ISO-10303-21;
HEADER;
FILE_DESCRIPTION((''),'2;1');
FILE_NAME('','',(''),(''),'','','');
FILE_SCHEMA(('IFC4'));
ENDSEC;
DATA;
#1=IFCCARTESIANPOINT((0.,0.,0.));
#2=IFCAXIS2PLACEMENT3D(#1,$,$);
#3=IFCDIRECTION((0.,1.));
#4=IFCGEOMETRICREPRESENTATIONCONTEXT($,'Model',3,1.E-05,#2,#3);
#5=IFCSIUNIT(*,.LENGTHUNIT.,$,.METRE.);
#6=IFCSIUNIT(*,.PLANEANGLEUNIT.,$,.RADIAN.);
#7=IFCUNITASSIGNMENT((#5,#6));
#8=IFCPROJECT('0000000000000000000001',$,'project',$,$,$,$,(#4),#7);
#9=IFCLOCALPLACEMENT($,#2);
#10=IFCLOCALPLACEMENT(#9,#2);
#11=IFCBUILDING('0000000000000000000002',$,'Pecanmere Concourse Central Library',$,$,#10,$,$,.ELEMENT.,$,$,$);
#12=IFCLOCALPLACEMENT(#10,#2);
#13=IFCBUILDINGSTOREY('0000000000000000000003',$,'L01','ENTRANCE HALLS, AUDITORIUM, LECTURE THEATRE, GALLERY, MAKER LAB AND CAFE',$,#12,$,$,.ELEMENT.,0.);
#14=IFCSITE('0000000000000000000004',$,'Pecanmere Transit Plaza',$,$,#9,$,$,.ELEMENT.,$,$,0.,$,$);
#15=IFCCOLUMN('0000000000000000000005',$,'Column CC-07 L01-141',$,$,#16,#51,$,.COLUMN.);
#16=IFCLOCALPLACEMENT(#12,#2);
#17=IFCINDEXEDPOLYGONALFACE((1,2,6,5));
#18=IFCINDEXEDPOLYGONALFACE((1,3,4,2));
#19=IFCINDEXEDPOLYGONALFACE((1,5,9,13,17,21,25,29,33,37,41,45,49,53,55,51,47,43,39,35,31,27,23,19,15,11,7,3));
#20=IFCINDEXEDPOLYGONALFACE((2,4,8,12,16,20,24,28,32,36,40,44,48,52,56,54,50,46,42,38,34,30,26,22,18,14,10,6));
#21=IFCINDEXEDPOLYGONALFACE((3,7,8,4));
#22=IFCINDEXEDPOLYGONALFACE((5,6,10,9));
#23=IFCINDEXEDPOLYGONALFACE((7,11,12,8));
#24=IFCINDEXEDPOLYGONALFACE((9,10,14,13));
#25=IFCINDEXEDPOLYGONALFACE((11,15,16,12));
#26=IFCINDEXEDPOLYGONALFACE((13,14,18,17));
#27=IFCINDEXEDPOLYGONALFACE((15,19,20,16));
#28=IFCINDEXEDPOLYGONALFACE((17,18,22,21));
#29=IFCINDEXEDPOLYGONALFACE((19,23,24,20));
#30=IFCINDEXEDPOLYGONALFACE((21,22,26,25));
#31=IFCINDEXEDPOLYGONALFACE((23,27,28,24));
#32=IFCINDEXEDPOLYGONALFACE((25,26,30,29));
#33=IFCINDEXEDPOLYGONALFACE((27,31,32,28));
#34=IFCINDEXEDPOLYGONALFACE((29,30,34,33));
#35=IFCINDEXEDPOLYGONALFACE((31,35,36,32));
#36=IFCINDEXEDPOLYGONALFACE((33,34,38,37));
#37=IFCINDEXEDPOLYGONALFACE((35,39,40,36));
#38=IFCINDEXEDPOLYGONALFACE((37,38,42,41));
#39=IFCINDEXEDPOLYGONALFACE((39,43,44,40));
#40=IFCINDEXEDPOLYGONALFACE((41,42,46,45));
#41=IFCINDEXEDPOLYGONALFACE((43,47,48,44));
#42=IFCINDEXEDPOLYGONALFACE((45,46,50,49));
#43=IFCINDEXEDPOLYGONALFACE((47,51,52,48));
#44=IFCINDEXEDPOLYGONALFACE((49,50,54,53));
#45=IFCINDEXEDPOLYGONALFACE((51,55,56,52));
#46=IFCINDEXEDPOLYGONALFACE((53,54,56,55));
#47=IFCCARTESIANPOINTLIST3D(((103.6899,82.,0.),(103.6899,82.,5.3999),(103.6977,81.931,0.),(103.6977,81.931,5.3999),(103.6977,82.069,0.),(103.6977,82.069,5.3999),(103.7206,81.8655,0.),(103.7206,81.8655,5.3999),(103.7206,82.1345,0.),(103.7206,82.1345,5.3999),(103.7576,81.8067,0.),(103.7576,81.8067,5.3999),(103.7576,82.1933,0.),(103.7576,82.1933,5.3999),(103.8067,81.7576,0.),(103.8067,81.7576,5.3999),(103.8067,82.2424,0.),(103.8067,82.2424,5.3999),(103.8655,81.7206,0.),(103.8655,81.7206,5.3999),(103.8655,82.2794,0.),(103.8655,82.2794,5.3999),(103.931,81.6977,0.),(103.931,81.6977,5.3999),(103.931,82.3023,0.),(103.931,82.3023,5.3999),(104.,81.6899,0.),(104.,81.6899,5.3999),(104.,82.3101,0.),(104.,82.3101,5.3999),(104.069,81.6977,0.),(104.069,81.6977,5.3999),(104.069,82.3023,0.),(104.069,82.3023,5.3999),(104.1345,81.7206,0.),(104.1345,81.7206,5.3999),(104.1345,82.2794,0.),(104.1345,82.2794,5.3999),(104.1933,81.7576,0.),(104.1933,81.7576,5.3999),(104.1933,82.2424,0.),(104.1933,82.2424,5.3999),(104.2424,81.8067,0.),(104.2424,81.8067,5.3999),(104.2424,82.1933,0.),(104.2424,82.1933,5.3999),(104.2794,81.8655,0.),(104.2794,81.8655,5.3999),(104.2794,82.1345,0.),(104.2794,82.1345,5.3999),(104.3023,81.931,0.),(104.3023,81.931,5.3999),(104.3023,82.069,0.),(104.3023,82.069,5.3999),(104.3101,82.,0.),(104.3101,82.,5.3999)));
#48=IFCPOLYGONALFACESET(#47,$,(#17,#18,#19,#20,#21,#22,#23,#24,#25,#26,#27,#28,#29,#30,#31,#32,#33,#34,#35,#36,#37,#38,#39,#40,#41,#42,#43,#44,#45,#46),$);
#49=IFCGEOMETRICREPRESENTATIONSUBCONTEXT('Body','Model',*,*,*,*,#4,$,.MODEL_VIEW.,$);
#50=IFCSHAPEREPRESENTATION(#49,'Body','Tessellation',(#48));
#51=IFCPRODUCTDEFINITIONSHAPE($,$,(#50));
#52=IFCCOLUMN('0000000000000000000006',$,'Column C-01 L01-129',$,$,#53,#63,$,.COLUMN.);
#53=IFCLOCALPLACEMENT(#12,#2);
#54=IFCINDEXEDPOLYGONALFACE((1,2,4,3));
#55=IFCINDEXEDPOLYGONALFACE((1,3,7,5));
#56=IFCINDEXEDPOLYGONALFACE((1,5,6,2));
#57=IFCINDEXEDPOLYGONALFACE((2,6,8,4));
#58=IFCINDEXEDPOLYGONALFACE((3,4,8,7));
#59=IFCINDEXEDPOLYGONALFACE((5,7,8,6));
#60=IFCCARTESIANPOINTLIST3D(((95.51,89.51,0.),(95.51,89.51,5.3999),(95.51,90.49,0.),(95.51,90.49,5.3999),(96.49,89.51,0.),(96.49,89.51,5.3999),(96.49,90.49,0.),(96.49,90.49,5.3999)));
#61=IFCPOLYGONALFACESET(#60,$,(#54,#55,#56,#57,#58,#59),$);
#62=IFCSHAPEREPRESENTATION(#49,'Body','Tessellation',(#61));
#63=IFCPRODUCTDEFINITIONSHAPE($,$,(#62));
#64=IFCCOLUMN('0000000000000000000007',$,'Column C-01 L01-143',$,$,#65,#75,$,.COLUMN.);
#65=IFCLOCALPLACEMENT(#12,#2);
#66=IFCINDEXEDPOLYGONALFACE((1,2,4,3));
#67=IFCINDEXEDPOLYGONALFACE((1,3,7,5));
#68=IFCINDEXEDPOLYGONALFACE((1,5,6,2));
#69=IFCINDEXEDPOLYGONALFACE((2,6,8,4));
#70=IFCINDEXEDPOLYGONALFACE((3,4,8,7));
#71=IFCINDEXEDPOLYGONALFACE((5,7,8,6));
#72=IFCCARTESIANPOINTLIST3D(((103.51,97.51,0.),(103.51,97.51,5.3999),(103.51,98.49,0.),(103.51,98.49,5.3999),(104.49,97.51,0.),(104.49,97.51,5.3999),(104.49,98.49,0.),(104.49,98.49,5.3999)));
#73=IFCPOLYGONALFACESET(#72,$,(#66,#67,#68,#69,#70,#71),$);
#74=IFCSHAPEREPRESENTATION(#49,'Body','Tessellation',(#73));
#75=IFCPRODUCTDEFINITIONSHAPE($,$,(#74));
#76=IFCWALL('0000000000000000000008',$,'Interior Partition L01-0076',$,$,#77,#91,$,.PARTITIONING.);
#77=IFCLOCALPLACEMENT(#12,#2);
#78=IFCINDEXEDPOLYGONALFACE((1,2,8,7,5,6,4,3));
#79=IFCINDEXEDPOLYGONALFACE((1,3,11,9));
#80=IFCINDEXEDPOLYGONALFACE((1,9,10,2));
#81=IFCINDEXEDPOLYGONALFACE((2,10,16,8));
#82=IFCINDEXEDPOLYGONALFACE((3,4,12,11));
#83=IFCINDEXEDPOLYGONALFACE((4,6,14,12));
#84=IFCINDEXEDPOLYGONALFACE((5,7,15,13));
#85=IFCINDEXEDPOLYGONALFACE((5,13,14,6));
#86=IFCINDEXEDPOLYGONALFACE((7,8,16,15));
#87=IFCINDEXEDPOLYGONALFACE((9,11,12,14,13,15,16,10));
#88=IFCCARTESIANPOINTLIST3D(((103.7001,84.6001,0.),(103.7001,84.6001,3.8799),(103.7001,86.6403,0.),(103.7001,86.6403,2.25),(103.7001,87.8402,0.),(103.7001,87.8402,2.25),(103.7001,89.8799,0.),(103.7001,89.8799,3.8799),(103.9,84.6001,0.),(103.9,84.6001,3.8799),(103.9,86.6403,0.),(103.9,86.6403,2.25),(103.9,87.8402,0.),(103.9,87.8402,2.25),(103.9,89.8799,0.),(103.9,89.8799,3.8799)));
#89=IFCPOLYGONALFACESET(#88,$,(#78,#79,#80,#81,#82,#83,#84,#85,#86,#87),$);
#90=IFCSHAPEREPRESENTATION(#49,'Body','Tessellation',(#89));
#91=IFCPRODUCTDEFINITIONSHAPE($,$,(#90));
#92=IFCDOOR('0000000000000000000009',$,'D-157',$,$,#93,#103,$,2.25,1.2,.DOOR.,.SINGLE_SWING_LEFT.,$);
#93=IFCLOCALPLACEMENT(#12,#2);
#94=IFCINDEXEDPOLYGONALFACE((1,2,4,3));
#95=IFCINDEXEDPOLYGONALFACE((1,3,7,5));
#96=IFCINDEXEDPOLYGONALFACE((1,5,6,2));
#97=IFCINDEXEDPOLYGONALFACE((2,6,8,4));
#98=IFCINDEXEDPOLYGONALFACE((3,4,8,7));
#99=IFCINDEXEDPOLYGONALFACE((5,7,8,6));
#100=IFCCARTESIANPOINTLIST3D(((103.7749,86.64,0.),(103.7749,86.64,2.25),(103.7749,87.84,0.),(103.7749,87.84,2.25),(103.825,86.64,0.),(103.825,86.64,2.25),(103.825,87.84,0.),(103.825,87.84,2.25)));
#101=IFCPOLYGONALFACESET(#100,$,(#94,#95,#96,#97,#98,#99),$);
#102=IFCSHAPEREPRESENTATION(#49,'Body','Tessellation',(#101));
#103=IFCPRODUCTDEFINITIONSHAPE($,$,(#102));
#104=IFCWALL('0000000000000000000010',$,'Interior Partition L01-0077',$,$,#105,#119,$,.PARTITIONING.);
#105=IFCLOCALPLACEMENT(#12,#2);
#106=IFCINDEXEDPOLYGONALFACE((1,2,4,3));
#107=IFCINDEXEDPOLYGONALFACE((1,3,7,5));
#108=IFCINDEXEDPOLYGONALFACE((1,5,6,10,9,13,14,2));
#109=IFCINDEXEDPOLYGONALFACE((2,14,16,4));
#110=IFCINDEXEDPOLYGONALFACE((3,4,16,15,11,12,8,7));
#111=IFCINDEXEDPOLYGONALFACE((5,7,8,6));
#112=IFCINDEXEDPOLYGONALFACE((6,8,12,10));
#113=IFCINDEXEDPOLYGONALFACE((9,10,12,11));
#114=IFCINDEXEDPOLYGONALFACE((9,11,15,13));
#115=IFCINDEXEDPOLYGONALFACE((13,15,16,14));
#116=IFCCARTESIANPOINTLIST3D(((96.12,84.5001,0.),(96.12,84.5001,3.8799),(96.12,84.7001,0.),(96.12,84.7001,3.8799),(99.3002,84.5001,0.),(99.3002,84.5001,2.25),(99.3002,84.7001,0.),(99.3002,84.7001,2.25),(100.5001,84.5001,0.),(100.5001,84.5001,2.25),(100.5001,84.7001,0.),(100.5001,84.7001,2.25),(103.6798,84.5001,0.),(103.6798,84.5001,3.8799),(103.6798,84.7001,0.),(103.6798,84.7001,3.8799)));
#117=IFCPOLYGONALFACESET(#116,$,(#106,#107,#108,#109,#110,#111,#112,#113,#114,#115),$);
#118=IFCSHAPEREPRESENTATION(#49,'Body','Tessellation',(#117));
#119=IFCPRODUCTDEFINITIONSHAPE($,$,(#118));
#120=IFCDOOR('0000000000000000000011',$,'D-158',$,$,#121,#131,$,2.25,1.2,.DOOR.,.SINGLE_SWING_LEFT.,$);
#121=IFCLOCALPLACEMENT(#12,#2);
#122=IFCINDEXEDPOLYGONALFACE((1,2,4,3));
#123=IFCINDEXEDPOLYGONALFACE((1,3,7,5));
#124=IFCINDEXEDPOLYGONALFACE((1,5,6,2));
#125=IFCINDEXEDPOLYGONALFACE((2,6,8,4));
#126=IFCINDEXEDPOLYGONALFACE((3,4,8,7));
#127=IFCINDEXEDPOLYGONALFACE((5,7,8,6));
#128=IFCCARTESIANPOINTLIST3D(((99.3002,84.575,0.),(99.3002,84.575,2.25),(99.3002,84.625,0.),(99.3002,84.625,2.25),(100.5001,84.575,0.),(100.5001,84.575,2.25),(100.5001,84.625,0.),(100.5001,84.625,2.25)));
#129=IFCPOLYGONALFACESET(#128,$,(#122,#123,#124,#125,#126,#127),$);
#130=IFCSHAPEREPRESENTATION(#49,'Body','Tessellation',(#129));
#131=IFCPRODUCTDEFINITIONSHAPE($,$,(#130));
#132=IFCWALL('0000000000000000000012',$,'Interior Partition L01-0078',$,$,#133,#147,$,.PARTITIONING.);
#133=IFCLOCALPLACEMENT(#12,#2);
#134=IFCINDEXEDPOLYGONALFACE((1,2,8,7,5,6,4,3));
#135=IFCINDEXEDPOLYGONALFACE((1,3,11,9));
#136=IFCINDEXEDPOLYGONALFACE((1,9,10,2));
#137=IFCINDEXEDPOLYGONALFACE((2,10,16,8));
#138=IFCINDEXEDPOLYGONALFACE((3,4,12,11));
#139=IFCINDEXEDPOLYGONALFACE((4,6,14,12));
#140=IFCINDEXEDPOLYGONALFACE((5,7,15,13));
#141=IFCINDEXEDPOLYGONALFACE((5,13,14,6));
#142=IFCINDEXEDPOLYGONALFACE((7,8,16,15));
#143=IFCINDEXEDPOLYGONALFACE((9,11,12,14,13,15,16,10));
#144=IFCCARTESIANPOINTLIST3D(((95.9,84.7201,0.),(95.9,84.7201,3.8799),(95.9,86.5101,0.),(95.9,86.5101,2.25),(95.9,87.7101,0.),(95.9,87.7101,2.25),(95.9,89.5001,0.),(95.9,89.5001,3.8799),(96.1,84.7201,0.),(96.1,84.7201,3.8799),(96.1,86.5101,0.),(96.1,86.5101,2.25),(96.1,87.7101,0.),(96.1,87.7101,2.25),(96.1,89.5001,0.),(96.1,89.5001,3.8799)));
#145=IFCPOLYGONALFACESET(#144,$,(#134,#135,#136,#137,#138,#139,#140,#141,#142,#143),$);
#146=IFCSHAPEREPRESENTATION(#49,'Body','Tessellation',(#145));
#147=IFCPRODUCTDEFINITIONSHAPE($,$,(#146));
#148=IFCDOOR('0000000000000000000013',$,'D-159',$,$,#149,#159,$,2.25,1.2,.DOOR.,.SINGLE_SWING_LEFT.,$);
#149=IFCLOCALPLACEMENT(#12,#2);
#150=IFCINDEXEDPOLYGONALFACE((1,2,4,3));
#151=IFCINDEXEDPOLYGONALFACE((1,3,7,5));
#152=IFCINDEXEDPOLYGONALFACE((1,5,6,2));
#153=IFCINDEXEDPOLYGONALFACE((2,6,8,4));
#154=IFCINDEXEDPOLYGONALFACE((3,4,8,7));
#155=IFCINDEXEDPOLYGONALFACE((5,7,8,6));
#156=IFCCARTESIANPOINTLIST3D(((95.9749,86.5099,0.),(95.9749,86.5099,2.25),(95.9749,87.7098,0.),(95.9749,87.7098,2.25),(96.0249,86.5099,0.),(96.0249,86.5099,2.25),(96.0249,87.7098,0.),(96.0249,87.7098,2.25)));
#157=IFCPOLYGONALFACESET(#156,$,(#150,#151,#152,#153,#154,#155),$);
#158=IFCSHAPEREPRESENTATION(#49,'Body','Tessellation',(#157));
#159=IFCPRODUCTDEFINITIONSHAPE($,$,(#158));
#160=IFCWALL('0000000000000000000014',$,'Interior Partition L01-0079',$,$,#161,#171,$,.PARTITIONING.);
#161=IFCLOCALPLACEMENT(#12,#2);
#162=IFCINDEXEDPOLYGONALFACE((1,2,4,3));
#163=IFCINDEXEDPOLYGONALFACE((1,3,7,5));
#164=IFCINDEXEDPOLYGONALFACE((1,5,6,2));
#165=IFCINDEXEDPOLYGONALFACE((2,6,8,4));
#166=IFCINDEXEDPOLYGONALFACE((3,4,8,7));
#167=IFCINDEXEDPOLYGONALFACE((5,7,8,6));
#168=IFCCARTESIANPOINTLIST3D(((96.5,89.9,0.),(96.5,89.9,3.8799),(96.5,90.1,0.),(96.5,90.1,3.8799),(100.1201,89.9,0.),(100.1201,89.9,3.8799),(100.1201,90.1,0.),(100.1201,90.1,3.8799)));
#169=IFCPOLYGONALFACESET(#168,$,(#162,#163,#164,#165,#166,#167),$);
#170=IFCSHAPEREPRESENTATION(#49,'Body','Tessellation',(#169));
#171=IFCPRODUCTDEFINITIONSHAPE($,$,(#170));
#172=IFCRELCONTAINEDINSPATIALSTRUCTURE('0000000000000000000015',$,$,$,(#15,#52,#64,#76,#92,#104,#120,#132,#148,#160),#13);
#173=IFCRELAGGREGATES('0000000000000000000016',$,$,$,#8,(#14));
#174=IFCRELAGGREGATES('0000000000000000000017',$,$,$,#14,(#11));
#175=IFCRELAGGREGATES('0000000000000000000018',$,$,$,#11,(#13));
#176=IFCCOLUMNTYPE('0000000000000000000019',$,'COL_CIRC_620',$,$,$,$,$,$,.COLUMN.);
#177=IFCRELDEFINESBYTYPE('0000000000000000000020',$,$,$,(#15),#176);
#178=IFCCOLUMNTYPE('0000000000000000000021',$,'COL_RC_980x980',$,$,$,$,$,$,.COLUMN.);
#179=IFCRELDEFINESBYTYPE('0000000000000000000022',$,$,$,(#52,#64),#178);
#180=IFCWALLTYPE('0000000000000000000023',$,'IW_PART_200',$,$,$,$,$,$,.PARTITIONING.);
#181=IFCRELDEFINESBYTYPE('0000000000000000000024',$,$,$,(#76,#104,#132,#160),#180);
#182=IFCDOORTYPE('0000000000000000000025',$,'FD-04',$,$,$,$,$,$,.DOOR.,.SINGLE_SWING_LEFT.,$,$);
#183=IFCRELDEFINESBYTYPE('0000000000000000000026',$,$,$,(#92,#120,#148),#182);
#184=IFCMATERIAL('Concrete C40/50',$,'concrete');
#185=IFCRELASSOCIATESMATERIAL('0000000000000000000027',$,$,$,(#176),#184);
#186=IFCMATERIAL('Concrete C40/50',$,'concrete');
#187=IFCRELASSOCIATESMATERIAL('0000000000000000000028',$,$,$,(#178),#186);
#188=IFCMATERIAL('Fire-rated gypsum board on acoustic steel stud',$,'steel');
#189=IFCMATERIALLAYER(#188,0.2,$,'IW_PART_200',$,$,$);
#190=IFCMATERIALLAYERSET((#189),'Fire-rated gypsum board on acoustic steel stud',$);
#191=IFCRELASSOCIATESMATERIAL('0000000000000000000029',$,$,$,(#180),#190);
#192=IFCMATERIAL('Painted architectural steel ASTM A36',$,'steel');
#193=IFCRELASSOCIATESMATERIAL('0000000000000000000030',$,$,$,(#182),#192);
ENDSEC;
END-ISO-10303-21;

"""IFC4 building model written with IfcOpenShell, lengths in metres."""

from ifc_helpers import new_model, si_unit, direction, frame, frame_2d, origin, origin_2d, place, context, subcontext, project, spatial, rectangle, circle, extrude, material, layer, layer_set, material_profile, profile_set, type_object, element, fill, save


model = new_model("IFC4")

# Units and contexts
model_context = context("Model", 3, precision=1e-05, world=origin(), true_north=direction((0.0, 1.0)))
body_context = subcontext(model_context, "Body", "Model", "MODEL_VIEW")
ifc_project = project(units=[si_unit("LENGTHUNIT", "METRE"), si_unit("PLANEANGLEUNIT", "RADIAN")], contexts=[model_context])

# Site, building, storey
site_placement = place(None, origin())
site = spatial("IfcSite", under=ifc_project, at=site_placement, Name="Pecanmere Transit Plaza", CompositionType="ELEMENT", RefElevation=0.0)
building_placement = place(site_placement, origin())
building = spatial("IfcBuilding", under=site, at=building_placement, Name="Pecanmere Concourse Central Library", CompositionType="ELEMENT")
storey_placement = place(building_placement, origin())
storey = spatial("IfcBuildingStorey", under=building, at=storey_placement, Name="L01", Description="ENTRANCE HALLS, AUDITORIUM, LECTURE THEATRE, GALLERY, MAKER LAB AND CAFE", CompositionType="ELEMENT", Elevation=0.0)

# Columns
ifc_material_1 = material(Name="Concrete C40/50", Category="concrete")
ifc_material_profile_1 = material_profile(ifc_material_1, circle(Radius=0.3101, at=origin_2d()), Name="RC D620")
ifc_profile_set_1 = profile_set([ifc_material_profile_1], Name="Concrete C40/50")
column_type_1 = type_object("IfcColumnType", Name="COL_CIRC_620", PredefinedType="COLUMN", material=ifc_profile_set_1)
for number, where, z_axis, x_axis, name in (
    (1, (104.0, 82.0, 0.0), (0.0, 0.0, 1.0), (1.0, 0.0, 0.0), "Column CC-07 L01-141"),
):
    element("IfcColumn", number, at=place(storey_placement, frame(where, z_axis=z_axis, x_axis=x_axis)), inside=storey, type_object=column_type_1, Name=name, PredefinedType="COLUMN", context=body_context, shape_type="SweptSolid", body=[
        extrude(circle(Radius=0.3101, at=origin_2d()), origin(), (0.0, 0.0, 1.0), 5.3999),
    ])
ifc_material_2 = material(Name="Concrete C40/50", Category="concrete")
ifc_material_profile_2 = material_profile(ifc_material_2, rectangle(XDim=0.98, YDim=0.98, at=origin_2d()), Name="RC 980x980")
ifc_profile_set_2 = profile_set([ifc_material_profile_2], Name="Concrete C40/50")
column_type_2 = type_object("IfcColumnType", Name="COL_RC_980x980", PredefinedType="COLUMN", material=ifc_profile_set_2)
for number, where, z_axis, x_axis, name in (
    (2, (96.0, 90.0, 0.0), (0.0, 0.0, 1.0), (1.0, 0.0, 0.0), "Column C-01 L01-129"),
    (3, (104.0, 98.0, 0.0), (0.0, 0.0, 1.0), (1.0, 0.0, 0.0), "Column C-01 L01-143"),
):
    element("IfcColumn", number, at=place(storey_placement, frame(where, z_axis=z_axis, x_axis=x_axis)), inside=storey, type_object=column_type_2, Name=name, PredefinedType="COLUMN", context=body_context, shape_type="SweptSolid", body=[
        extrude(rectangle(XDim=0.98, YDim=0.98, at=origin_2d()), origin(), (0.0, 0.0, 1.0), 5.3999),
    ])

# Walls, openings, doors
ifc_material_3 = material(Name="Fire-rated gypsum board on acoustic steel stud", Category="steel")
ifc_layer_1 = layer(ifc_material_3, 0.2, Name="IW_PART_200")
ifc_layer_set_1 = layer_set([ifc_layer_1], Name="Fire-rated gypsum board on acoustic steel stud")
wall_type_1 = type_object("IfcWallType", Name="IW_PART_200", PredefinedType="PARTITIONING", material=ifc_layer_set_1)
wall_1_placement = place(storey_placement, frame((103.8, 84.6001, 0.0), z_axis=(0.0, 0.0, 1.0), x_axis=(0.0, 1.0, 0.0)))
wall_1 = element("IfcWall", 4, at=wall_1_placement, inside=storey, type_object=wall_type_1, Name="Interior Partition L01-0076", PredefinedType="PARTITIONING", context=body_context, shape_type="SweptSolid", body=[
    extrude(rectangle(XDim=5.2798, YDim=0.2, at=frame_2d((2.6399, 0.0))), origin(), (0.0, 0.0, 1.0), 3.8799),
])
opening_1_placement = place(wall_1_placement, frame((2.04, 0.0, 0.0)))
opening_1 = element("IfcOpeningElement", 5, at=opening_1_placement, cuts=wall_1, PredefinedType="OPENING", context=body_context, shape_type="SweptSolid", body=[
    extrude(rectangle(XDim=1.2, YDim=2.25, at=frame_2d((0.6001, 1.125))), frame((0.0, 0.1118, 0.0), z_axis=(0.0, -1.0, 0.0), x_axis=(1.0, 0.0, 0.0)), (0.0, 0.0, 1.0), 0.2239),
])
ifc_material_4 = material(Name="Painted architectural steel ASTM A36", Category="steel")
door_type_1 = type_object("IfcDoorType", Name="FD-04", OperationType="SINGLE_SWING_LEFT", PredefinedType="DOOR", material=ifc_material_4)
door_1_placement = place(opening_1_placement, frame((1.2, 0.0, 0.0), z_axis=(0.0, 0.0, 1.0), x_axis=(-1.0, 0.0, 0.0)))
door_1 = element("IfcDoor", 6, at=door_1_placement, inside=storey, type_object=door_type_1, Name="D-157", OperationType="SINGLE_SWING_LEFT", OverallHeight=2.25, OverallWidth=1.2, PredefinedType="DOOR", context=body_context, shape_type="SweptSolid", body=[
    extrude(rectangle(XDim=1.2, YDim=2.25, at=frame_2d((0.6001, 1.125))), frame((0.0, 0.0249, 0.0), z_axis=(0.0, -1.0, 0.0), x_axis=(1.0, 0.0, 0.0)), (0.0, 0.0, 1.0), 0.05),
])
fill(opening_1, door_1)
wall_2_placement = place(storey_placement, frame((96.1201, 84.6001, 0.0), z_axis=(0.0, 0.0, 1.0), x_axis=(1.0, 0.0, 0.0)))
wall_2 = element("IfcWall", 7, at=wall_2_placement, inside=storey, type_object=wall_type_1, Name="Interior Partition L01-0077", PredefinedType="PARTITIONING", context=body_context, shape_type="SweptSolid", body=[
    extrude(rectangle(XDim=7.5598, YDim=0.2, at=frame_2d((3.7798, 0.0))), origin(), (0.0, 0.0, 1.0), 3.8799),
])
opening_2_placement = place(wall_2_placement, frame((3.1799, 0.0, 0.0)))
opening_2 = element("IfcOpeningElement", 8, at=opening_2_placement, cuts=wall_2, PredefinedType="OPENING", context=body_context, shape_type="SweptSolid", body=[
    extrude(rectangle(XDim=1.2, YDim=2.25, at=frame_2d((0.6001, 1.125))), frame((0.0, 0.1118, 0.0), z_axis=(0.0, -1.0, 0.0), x_axis=(1.0, 0.0, 0.0)), (0.0, 0.0, 1.0), 0.2239),
])
door_2_placement = place(opening_2_placement, origin())
door_2 = element("IfcDoor", 9, at=door_2_placement, inside=storey, type_object=door_type_1, Name="D-158", OperationType="SINGLE_SWING_LEFT", OverallHeight=2.25, OverallWidth=1.2, PredefinedType="DOOR", context=body_context, shape_type="SweptSolid", body=[
    extrude(rectangle(XDim=1.2, YDim=2.25, at=frame_2d((0.6001, 1.125))), frame((0.0, 0.0249, 0.0), z_axis=(0.0, -1.0, 0.0), x_axis=(1.0, 0.0, 0.0)), (0.0, 0.0, 1.0), 0.05),
])
fill(opening_2, door_2)
wall_3_placement = place(storey_placement, frame((96.0, 84.72, 0.0), z_axis=(0.0, 0.0, 1.0), x_axis=(0.0, 1.0, 0.0)))
wall_3 = element("IfcWall", 10, at=wall_3_placement, inside=storey, type_object=wall_type_1, Name="Interior Partition L01-0078", PredefinedType="PARTITIONING", context=body_context, shape_type="SweptSolid", body=[
    extrude(rectangle(XDim=4.78, YDim=0.2, at=frame_2d((2.3901, 0.0))), origin(), (0.0, 0.0, 1.0), 3.8799),
])
opening_3_placement = place(wall_3_placement, frame((1.79, 0.0, 0.0)))
opening_3 = element("IfcOpeningElement", 11, at=opening_3_placement, cuts=wall_3, PredefinedType="OPENING", context=body_context, shape_type="SweptSolid", body=[
    extrude(rectangle(XDim=1.2, YDim=2.25, at=frame_2d((0.6001, 1.125))), frame((0.0, 0.1118, 0.0), z_axis=(0.0, -1.0, 0.0), x_axis=(1.0, 0.0, 0.0)), (0.0, 0.0, 1.0), 0.2239),
])
door_3_placement = place(opening_3_placement, frame((1.2, 0.0, 0.0), z_axis=(0.0, 0.0, 1.0), x_axis=(-1.0, 0.0, 0.0)))
door_3 = element("IfcDoor", 12, at=door_3_placement, inside=storey, type_object=door_type_1, Name="D-159", OperationType="SINGLE_SWING_LEFT", OverallHeight=2.25, OverallWidth=1.2, PredefinedType="DOOR", context=body_context, shape_type="SweptSolid", body=[
    extrude(rectangle(XDim=1.2, YDim=2.25, at=frame_2d((0.6001, 1.125))), frame((0.0, 0.0249, 0.0), z_axis=(0.0, -1.0, 0.0), x_axis=(1.0, 0.0, 0.0)), (0.0, 0.0, 1.0), 0.05),
])
fill(opening_3, door_3)

# Wall
wall_4_placement = place(storey_placement, frame((96.5, 90.0, 0.0), z_axis=(0.0, 0.0, 1.0), x_axis=(1.0, 0.0, 0.0)))
element("IfcWall", 13, at=wall_4_placement, inside=storey, type_object=wall_type_1, Name="Interior Partition L01-0079", PredefinedType="PARTITIONING", context=body_context, shape_type="SweptSolid", body=[
    extrude(rectangle(XDim=3.6201, YDim=0.2, at=frame_2d((1.8101, 0.0))), origin(), (0.0, 0.0, 1.0), 3.8799),
])

save(model, "model.ifc")
